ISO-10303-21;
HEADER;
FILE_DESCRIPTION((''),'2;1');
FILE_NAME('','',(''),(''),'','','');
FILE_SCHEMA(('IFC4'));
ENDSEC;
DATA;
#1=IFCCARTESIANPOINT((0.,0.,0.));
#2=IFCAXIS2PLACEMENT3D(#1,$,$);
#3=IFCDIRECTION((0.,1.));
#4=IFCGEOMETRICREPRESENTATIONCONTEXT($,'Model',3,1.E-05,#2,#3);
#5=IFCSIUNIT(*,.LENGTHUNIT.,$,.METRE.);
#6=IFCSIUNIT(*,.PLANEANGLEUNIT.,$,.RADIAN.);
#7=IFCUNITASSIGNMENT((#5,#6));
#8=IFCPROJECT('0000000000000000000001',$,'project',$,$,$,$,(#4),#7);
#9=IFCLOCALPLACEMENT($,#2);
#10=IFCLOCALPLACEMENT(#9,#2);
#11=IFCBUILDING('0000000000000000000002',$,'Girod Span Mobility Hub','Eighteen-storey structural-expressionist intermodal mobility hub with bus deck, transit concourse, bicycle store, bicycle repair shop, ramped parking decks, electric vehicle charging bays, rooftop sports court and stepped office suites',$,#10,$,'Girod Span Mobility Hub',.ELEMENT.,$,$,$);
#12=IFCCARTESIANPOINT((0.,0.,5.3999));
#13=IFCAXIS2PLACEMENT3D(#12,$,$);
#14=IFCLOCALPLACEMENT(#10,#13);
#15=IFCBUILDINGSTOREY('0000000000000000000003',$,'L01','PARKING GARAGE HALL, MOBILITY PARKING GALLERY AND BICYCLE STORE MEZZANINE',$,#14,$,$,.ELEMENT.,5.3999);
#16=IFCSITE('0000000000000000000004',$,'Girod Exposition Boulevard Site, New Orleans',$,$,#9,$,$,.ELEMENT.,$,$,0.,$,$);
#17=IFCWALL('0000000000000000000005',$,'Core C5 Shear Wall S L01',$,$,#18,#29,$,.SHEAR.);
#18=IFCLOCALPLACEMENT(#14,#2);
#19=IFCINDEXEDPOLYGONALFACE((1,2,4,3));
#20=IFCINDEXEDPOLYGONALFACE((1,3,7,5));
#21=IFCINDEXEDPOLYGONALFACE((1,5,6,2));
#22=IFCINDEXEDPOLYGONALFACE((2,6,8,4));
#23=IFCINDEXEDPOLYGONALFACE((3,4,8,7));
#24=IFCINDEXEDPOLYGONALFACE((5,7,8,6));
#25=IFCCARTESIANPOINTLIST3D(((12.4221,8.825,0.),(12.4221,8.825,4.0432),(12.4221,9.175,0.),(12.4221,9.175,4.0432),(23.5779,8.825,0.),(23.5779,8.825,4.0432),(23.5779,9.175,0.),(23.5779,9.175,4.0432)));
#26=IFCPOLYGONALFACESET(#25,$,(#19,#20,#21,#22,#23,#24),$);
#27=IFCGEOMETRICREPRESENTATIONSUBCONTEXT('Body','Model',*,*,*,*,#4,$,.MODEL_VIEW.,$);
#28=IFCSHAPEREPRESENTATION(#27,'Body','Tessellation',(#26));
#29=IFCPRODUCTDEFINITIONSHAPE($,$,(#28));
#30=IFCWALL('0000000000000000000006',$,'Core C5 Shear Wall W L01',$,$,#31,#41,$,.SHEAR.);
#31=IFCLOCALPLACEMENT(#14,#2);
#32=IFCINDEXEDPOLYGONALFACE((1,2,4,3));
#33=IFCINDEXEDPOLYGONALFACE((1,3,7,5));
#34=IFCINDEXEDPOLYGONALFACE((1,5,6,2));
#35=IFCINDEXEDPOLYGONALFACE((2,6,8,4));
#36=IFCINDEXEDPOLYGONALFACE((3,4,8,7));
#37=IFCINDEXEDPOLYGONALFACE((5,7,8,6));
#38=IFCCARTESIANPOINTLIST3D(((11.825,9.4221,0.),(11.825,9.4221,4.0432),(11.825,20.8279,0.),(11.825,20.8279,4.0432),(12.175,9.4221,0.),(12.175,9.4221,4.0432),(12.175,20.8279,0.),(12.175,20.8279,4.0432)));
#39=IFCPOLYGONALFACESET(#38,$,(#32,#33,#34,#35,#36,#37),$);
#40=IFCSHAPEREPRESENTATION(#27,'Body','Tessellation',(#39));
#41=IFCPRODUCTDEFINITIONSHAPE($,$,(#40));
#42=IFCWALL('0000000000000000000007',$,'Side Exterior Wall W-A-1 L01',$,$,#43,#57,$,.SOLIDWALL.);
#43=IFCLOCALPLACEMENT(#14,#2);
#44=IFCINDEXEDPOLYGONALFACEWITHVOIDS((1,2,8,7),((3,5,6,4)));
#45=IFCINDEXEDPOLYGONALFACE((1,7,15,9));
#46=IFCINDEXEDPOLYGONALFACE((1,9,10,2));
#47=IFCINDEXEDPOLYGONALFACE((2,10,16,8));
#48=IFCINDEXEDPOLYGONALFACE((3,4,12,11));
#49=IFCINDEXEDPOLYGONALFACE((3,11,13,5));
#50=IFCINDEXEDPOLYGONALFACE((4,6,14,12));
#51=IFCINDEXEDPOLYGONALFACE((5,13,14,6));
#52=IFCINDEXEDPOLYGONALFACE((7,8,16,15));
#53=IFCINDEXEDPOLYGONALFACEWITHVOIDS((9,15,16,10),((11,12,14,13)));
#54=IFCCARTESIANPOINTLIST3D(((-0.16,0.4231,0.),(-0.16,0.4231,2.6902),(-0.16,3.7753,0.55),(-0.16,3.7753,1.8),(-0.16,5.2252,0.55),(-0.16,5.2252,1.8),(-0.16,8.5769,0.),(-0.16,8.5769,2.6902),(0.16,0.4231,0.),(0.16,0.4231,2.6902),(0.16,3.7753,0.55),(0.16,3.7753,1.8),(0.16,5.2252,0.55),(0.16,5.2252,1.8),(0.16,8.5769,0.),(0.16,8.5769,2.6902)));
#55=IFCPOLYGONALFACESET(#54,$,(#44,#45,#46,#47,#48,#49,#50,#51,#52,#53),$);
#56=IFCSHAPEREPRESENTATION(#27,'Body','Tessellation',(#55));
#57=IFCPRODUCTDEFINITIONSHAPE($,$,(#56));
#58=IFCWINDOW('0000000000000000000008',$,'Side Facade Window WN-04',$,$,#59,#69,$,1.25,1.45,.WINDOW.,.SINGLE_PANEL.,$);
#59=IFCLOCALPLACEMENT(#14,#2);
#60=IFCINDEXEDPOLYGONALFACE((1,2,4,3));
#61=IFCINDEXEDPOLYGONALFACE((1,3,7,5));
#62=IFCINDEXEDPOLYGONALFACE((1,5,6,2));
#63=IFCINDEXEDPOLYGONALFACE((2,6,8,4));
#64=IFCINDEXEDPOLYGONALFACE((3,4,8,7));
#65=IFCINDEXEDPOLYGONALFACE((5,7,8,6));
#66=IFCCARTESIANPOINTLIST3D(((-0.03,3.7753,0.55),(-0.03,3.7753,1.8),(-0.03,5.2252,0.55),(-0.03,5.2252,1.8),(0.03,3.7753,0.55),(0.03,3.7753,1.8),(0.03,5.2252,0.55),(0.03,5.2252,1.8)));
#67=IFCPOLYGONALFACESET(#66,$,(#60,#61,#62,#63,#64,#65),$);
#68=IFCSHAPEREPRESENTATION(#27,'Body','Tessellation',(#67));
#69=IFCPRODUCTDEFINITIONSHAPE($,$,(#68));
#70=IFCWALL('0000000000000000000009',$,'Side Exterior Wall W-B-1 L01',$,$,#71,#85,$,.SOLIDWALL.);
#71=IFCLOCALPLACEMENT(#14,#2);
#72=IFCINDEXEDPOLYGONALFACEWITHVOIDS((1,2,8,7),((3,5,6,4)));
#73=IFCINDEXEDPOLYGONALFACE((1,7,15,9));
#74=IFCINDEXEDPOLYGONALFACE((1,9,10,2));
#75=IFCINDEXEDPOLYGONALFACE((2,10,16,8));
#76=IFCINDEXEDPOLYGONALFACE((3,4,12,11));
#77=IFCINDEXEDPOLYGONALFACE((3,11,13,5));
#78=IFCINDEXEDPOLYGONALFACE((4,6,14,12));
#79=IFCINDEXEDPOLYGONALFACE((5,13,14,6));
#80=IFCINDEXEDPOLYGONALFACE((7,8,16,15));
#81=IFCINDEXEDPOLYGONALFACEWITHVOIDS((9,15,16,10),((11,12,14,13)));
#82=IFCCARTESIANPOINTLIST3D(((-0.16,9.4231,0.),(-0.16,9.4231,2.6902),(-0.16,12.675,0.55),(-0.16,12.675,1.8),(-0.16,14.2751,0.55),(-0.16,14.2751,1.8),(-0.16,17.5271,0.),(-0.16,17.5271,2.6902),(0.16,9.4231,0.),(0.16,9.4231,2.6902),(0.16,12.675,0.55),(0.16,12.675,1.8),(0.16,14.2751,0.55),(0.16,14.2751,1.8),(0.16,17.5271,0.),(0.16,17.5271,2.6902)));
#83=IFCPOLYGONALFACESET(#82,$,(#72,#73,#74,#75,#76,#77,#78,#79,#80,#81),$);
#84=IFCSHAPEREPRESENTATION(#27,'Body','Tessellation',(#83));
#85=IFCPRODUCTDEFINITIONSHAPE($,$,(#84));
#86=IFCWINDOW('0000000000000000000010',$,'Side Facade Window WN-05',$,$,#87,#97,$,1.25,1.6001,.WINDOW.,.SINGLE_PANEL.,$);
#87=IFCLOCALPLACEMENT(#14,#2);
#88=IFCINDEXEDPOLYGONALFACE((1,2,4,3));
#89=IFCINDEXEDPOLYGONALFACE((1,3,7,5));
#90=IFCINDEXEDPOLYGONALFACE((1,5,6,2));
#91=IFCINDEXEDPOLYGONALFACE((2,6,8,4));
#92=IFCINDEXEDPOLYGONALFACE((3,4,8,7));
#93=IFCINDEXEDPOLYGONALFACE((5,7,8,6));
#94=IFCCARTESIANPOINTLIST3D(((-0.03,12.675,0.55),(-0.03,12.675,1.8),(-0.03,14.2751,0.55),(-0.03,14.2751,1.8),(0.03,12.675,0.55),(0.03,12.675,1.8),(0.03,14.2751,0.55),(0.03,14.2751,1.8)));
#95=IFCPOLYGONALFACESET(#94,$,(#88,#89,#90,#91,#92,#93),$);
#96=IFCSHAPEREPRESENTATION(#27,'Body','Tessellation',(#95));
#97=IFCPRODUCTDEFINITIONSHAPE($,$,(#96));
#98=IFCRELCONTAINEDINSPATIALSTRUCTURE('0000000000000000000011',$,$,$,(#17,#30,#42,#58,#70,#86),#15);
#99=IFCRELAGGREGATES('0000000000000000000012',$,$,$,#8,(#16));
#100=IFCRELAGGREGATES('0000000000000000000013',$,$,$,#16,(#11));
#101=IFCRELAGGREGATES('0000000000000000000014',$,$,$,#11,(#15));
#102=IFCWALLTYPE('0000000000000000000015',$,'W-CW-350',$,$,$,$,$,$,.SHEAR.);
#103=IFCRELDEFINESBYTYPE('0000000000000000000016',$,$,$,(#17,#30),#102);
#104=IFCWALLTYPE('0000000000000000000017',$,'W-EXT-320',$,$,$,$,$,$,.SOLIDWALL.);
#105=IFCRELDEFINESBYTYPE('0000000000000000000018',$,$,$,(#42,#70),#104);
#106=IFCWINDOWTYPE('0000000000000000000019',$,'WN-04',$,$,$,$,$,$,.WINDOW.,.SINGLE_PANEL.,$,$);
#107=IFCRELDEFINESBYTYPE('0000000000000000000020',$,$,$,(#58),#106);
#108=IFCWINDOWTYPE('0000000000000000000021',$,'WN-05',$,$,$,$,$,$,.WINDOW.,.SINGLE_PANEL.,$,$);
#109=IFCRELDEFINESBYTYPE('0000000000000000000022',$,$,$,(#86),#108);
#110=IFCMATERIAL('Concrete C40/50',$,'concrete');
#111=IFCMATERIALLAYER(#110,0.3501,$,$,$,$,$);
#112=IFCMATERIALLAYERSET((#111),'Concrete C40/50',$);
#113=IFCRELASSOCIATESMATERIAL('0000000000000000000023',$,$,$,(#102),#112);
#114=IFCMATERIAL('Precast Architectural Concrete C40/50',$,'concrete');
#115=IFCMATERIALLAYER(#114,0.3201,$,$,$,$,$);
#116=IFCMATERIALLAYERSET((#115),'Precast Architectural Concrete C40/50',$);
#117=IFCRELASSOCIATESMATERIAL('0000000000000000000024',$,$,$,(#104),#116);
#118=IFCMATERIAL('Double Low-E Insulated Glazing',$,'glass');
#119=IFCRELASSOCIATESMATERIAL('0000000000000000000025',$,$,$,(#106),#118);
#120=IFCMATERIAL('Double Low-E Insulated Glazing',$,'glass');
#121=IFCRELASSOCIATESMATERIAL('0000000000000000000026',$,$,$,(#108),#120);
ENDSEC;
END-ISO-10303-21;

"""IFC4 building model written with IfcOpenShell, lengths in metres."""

from ifc_helpers import new_model, si_unit, direction, frame, frame_2d, origin, place, context, subcontext, project, spatial, rectangle, extrude, material, layer, layer_set, type_object, element, fill, save


model = new_model("IFC4")

# Units and contexts
model_context = context("Model", 3, precision=1e-05, world=origin(), true_north=direction((0.0, 1.0)))
body_context = subcontext(model_context, "Body", "Model", "MODEL_VIEW")
ifc_project = project(units=[si_unit("LENGTHUNIT", "METRE"), si_unit("PLANEANGLEUNIT", "RADIAN")], contexts=[model_context])

# Site, building, storey
site_placement = place(None, origin())
site = spatial("IfcSite", under=ifc_project, at=site_placement, Name="Girod Exposition Boulevard Site, New Orleans", CompositionType="ELEMENT", RefElevation=0.0)
building_placement = place(site_placement, origin())
building = spatial("IfcBuilding", under=site, at=building_placement, Name="Girod Span Mobility Hub", Description="Eighteen-storey structural-expressionist intermodal mobility hub with bus deck, transit concourse, bicycle store, bicycle repair shop, ramped parking decks, electric vehicle charging bays, rooftop sports court and stepped office suites", LongName="Girod Span Mobility Hub", CompositionType="ELEMENT")
storey_placement = place(building_placement, frame((0.0, 0.0, 5.3999)))
storey = spatial("IfcBuildingStorey", under=building, at=storey_placement, Name="L01", Description="PARKING GARAGE HALL, MOBILITY PARKING GALLERY AND BICYCLE STORE MEZZANINE", CompositionType="ELEMENT", Elevation=5.3999)

# Walls
ifc_material_1 = material(Name="Concrete C40/50", Category="concrete")
ifc_layer_1 = layer(ifc_material_1, 0.3501)
ifc_layer_set_1 = layer_set([ifc_layer_1], Name="Concrete C40/50")
wall_type_1 = type_object("IfcWallType", Name="W-CW-350", PredefinedType="SHEAR", material=ifc_layer_set_1)
wall_1_placement = place(storey_placement, frame((12.4221, 9.0, 0.0), z_axis=(0.0, 0.0, 1.0), x_axis=(1.0, 0.0, 0.0)))
element("IfcWall", 1, at=wall_1_placement, inside=storey, type_object=wall_type_1, Name="Core C5 Shear Wall S L01", PredefinedType="SHEAR", context=body_context, shape_type="SweptSolid", body=[
    extrude(rectangle(XDim=11.1558, YDim=0.3501, at=frame_2d((5.5779, 0.0))), origin(), (0.0, 0.0, 1.0), 4.0432),
])
wall_2_placement = place(storey_placement, frame((12.0, 9.4221, 0.0), z_axis=(0.0, 0.0, 1.0), x_axis=(0.0, 1.0, 0.0)))
element("IfcWall", 2, at=wall_2_placement, inside=storey, type_object=wall_type_1, Name="Core C5 Shear Wall W L01", PredefinedType="SHEAR", context=body_context, shape_type="SweptSolid", body=[
    extrude(rectangle(XDim=11.4058, YDim=0.3501, at=frame_2d((5.7029, 0.0))), origin(), (0.0, 0.0, 1.0), 4.0432),
])

# Walls, openings, windows
ifc_material_2 = material(Name="Precast Architectural Concrete C40/50", Category="concrete")
ifc_layer_2 = layer(ifc_material_2, 0.3201)
ifc_layer_set_2 = layer_set([ifc_layer_2], Name="Precast Architectural Concrete C40/50")
wall_type_2 = type_object("IfcWallType", Name="W-EXT-320", PredefinedType="SOLIDWALL", material=ifc_layer_set_2)
wall_3_placement = place(storey_placement, frame((0.0, 0.4231, 0.0), z_axis=(0.0, 0.0, 1.0), x_axis=(0.0, 1.0, 0.0)))
wall_3 = element("IfcWall", 3, at=wall_3_placement, inside=storey, type_object=wall_type_2, Name="Side Exterior Wall W-A-1 L01", PredefinedType="SOLIDWALL", context=body_context, shape_type="SweptSolid", body=[
    extrude(rectangle(XDim=8.1538, YDim=0.3201, at=frame_2d((4.0769, 0.0))), origin(), (0.0, 0.0, 1.0), 2.6902),
])
opening_1_placement = place(wall_3_placement, frame((3.3521, 0.0, 0.55)))
opening_1 = element("IfcOpeningElement", 4, at=opening_1_placement, cuts=wall_3, PredefinedType="OPENING", context=body_context, shape_type="SweptSolid", body=[
    extrude(rectangle(XDim=1.45, YDim=1.25, at=frame_2d((0.7251, 0.625))), frame((0.0, 0.175, 0.0), z_axis=(0.0, -1.0, 0.0), x_axis=(1.0, 0.0, 0.0)), (0.0, 0.0, 1.0), 0.3501),
])
ifc_material_3 = material(Name="Double Low-E Insulated Glazing", Category="glass")
window_type_1 = type_object("IfcWindowType", Name="WN-04", PartitioningType="SINGLE_PANEL", PredefinedType="WINDOW", material=ifc_material_3)
window_1_placement = place(opening_1_placement, origin())
window_1 = element("IfcWindow", 5, at=window_1_placement, inside=storey, type_object=window_type_1, Name="Side Facade Window WN-04", OverallHeight=1.25, OverallWidth=1.45, PartitioningType="SINGLE_PANEL", PredefinedType="WINDOW", context=body_context, shape_type="SweptSolid", body=[
    extrude(rectangle(XDim=1.45, YDim=1.25, at=frame_2d((0.7251, 0.625))), frame((0.0, 0.03, 0.0), z_axis=(0.0, -1.0, 0.0), x_axis=(1.0, 0.0, 0.0)), (0.0, 0.0, 1.0), 0.0601),
])
fill(opening_1, window_1)
wall_4_placement = place(storey_placement, frame((0.0, 9.4231, 0.0), z_axis=(0.0, 0.0, 1.0), x_axis=(0.0, 1.0, 0.0)))
wall_4 = element("IfcWall", 6, at=wall_4_placement, inside=storey, type_object=wall_type_2, Name="Side Exterior Wall W-B-1 L01", PredefinedType="SOLIDWALL", context=body_context, shape_type="SweptSolid", body=[
    extrude(rectangle(XDim=8.104, YDim=0.3201, at=frame_2d((4.052, 0.0))), origin(), (0.0, 0.0, 1.0), 2.6902),
])
opening_2_placement = place(wall_4_placement, frame((3.252, 0.0, 0.55)))
opening_2 = element("IfcOpeningElement", 7, at=opening_2_placement, cuts=wall_4, PredefinedType="OPENING", context=body_context, shape_type="SweptSolid", body=[
    extrude(rectangle(XDim=1.6001, YDim=1.25, at=frame_2d((0.8, 0.625))), frame((0.0, 0.175, 0.0), z_axis=(0.0, -1.0, 0.0), x_axis=(1.0, 0.0, 0.0)), (0.0, 0.0, 1.0), 0.3501),
])
ifc_material_4 = material(Name="Double Low-E Insulated Glazing", Category="glass")
window_type_2 = type_object("IfcWindowType", Name="WN-05", PartitioningType="SINGLE_PANEL", PredefinedType="WINDOW", material=ifc_material_4)
window_2_placement = place(opening_2_placement, origin())
window_2 = element("IfcWindow", 8, at=window_2_placement, inside=storey, type_object=window_type_2, Name="Side Facade Window WN-05", OverallHeight=1.25, OverallWidth=1.6001, PartitioningType="SINGLE_PANEL", PredefinedType="WINDOW", context=body_context, shape_type="SweptSolid", body=[
    extrude(rectangle(XDim=1.6001, YDim=1.25, at=frame_2d((0.8, 0.625))), frame((0.0, 0.03, 0.0), z_axis=(0.0, -1.0, 0.0), x_axis=(1.0, 0.0, 0.0)), (0.0, 0.0, 1.0), 0.0601),
])
fill(opening_2, window_2)

save(model, "model.ifc")
